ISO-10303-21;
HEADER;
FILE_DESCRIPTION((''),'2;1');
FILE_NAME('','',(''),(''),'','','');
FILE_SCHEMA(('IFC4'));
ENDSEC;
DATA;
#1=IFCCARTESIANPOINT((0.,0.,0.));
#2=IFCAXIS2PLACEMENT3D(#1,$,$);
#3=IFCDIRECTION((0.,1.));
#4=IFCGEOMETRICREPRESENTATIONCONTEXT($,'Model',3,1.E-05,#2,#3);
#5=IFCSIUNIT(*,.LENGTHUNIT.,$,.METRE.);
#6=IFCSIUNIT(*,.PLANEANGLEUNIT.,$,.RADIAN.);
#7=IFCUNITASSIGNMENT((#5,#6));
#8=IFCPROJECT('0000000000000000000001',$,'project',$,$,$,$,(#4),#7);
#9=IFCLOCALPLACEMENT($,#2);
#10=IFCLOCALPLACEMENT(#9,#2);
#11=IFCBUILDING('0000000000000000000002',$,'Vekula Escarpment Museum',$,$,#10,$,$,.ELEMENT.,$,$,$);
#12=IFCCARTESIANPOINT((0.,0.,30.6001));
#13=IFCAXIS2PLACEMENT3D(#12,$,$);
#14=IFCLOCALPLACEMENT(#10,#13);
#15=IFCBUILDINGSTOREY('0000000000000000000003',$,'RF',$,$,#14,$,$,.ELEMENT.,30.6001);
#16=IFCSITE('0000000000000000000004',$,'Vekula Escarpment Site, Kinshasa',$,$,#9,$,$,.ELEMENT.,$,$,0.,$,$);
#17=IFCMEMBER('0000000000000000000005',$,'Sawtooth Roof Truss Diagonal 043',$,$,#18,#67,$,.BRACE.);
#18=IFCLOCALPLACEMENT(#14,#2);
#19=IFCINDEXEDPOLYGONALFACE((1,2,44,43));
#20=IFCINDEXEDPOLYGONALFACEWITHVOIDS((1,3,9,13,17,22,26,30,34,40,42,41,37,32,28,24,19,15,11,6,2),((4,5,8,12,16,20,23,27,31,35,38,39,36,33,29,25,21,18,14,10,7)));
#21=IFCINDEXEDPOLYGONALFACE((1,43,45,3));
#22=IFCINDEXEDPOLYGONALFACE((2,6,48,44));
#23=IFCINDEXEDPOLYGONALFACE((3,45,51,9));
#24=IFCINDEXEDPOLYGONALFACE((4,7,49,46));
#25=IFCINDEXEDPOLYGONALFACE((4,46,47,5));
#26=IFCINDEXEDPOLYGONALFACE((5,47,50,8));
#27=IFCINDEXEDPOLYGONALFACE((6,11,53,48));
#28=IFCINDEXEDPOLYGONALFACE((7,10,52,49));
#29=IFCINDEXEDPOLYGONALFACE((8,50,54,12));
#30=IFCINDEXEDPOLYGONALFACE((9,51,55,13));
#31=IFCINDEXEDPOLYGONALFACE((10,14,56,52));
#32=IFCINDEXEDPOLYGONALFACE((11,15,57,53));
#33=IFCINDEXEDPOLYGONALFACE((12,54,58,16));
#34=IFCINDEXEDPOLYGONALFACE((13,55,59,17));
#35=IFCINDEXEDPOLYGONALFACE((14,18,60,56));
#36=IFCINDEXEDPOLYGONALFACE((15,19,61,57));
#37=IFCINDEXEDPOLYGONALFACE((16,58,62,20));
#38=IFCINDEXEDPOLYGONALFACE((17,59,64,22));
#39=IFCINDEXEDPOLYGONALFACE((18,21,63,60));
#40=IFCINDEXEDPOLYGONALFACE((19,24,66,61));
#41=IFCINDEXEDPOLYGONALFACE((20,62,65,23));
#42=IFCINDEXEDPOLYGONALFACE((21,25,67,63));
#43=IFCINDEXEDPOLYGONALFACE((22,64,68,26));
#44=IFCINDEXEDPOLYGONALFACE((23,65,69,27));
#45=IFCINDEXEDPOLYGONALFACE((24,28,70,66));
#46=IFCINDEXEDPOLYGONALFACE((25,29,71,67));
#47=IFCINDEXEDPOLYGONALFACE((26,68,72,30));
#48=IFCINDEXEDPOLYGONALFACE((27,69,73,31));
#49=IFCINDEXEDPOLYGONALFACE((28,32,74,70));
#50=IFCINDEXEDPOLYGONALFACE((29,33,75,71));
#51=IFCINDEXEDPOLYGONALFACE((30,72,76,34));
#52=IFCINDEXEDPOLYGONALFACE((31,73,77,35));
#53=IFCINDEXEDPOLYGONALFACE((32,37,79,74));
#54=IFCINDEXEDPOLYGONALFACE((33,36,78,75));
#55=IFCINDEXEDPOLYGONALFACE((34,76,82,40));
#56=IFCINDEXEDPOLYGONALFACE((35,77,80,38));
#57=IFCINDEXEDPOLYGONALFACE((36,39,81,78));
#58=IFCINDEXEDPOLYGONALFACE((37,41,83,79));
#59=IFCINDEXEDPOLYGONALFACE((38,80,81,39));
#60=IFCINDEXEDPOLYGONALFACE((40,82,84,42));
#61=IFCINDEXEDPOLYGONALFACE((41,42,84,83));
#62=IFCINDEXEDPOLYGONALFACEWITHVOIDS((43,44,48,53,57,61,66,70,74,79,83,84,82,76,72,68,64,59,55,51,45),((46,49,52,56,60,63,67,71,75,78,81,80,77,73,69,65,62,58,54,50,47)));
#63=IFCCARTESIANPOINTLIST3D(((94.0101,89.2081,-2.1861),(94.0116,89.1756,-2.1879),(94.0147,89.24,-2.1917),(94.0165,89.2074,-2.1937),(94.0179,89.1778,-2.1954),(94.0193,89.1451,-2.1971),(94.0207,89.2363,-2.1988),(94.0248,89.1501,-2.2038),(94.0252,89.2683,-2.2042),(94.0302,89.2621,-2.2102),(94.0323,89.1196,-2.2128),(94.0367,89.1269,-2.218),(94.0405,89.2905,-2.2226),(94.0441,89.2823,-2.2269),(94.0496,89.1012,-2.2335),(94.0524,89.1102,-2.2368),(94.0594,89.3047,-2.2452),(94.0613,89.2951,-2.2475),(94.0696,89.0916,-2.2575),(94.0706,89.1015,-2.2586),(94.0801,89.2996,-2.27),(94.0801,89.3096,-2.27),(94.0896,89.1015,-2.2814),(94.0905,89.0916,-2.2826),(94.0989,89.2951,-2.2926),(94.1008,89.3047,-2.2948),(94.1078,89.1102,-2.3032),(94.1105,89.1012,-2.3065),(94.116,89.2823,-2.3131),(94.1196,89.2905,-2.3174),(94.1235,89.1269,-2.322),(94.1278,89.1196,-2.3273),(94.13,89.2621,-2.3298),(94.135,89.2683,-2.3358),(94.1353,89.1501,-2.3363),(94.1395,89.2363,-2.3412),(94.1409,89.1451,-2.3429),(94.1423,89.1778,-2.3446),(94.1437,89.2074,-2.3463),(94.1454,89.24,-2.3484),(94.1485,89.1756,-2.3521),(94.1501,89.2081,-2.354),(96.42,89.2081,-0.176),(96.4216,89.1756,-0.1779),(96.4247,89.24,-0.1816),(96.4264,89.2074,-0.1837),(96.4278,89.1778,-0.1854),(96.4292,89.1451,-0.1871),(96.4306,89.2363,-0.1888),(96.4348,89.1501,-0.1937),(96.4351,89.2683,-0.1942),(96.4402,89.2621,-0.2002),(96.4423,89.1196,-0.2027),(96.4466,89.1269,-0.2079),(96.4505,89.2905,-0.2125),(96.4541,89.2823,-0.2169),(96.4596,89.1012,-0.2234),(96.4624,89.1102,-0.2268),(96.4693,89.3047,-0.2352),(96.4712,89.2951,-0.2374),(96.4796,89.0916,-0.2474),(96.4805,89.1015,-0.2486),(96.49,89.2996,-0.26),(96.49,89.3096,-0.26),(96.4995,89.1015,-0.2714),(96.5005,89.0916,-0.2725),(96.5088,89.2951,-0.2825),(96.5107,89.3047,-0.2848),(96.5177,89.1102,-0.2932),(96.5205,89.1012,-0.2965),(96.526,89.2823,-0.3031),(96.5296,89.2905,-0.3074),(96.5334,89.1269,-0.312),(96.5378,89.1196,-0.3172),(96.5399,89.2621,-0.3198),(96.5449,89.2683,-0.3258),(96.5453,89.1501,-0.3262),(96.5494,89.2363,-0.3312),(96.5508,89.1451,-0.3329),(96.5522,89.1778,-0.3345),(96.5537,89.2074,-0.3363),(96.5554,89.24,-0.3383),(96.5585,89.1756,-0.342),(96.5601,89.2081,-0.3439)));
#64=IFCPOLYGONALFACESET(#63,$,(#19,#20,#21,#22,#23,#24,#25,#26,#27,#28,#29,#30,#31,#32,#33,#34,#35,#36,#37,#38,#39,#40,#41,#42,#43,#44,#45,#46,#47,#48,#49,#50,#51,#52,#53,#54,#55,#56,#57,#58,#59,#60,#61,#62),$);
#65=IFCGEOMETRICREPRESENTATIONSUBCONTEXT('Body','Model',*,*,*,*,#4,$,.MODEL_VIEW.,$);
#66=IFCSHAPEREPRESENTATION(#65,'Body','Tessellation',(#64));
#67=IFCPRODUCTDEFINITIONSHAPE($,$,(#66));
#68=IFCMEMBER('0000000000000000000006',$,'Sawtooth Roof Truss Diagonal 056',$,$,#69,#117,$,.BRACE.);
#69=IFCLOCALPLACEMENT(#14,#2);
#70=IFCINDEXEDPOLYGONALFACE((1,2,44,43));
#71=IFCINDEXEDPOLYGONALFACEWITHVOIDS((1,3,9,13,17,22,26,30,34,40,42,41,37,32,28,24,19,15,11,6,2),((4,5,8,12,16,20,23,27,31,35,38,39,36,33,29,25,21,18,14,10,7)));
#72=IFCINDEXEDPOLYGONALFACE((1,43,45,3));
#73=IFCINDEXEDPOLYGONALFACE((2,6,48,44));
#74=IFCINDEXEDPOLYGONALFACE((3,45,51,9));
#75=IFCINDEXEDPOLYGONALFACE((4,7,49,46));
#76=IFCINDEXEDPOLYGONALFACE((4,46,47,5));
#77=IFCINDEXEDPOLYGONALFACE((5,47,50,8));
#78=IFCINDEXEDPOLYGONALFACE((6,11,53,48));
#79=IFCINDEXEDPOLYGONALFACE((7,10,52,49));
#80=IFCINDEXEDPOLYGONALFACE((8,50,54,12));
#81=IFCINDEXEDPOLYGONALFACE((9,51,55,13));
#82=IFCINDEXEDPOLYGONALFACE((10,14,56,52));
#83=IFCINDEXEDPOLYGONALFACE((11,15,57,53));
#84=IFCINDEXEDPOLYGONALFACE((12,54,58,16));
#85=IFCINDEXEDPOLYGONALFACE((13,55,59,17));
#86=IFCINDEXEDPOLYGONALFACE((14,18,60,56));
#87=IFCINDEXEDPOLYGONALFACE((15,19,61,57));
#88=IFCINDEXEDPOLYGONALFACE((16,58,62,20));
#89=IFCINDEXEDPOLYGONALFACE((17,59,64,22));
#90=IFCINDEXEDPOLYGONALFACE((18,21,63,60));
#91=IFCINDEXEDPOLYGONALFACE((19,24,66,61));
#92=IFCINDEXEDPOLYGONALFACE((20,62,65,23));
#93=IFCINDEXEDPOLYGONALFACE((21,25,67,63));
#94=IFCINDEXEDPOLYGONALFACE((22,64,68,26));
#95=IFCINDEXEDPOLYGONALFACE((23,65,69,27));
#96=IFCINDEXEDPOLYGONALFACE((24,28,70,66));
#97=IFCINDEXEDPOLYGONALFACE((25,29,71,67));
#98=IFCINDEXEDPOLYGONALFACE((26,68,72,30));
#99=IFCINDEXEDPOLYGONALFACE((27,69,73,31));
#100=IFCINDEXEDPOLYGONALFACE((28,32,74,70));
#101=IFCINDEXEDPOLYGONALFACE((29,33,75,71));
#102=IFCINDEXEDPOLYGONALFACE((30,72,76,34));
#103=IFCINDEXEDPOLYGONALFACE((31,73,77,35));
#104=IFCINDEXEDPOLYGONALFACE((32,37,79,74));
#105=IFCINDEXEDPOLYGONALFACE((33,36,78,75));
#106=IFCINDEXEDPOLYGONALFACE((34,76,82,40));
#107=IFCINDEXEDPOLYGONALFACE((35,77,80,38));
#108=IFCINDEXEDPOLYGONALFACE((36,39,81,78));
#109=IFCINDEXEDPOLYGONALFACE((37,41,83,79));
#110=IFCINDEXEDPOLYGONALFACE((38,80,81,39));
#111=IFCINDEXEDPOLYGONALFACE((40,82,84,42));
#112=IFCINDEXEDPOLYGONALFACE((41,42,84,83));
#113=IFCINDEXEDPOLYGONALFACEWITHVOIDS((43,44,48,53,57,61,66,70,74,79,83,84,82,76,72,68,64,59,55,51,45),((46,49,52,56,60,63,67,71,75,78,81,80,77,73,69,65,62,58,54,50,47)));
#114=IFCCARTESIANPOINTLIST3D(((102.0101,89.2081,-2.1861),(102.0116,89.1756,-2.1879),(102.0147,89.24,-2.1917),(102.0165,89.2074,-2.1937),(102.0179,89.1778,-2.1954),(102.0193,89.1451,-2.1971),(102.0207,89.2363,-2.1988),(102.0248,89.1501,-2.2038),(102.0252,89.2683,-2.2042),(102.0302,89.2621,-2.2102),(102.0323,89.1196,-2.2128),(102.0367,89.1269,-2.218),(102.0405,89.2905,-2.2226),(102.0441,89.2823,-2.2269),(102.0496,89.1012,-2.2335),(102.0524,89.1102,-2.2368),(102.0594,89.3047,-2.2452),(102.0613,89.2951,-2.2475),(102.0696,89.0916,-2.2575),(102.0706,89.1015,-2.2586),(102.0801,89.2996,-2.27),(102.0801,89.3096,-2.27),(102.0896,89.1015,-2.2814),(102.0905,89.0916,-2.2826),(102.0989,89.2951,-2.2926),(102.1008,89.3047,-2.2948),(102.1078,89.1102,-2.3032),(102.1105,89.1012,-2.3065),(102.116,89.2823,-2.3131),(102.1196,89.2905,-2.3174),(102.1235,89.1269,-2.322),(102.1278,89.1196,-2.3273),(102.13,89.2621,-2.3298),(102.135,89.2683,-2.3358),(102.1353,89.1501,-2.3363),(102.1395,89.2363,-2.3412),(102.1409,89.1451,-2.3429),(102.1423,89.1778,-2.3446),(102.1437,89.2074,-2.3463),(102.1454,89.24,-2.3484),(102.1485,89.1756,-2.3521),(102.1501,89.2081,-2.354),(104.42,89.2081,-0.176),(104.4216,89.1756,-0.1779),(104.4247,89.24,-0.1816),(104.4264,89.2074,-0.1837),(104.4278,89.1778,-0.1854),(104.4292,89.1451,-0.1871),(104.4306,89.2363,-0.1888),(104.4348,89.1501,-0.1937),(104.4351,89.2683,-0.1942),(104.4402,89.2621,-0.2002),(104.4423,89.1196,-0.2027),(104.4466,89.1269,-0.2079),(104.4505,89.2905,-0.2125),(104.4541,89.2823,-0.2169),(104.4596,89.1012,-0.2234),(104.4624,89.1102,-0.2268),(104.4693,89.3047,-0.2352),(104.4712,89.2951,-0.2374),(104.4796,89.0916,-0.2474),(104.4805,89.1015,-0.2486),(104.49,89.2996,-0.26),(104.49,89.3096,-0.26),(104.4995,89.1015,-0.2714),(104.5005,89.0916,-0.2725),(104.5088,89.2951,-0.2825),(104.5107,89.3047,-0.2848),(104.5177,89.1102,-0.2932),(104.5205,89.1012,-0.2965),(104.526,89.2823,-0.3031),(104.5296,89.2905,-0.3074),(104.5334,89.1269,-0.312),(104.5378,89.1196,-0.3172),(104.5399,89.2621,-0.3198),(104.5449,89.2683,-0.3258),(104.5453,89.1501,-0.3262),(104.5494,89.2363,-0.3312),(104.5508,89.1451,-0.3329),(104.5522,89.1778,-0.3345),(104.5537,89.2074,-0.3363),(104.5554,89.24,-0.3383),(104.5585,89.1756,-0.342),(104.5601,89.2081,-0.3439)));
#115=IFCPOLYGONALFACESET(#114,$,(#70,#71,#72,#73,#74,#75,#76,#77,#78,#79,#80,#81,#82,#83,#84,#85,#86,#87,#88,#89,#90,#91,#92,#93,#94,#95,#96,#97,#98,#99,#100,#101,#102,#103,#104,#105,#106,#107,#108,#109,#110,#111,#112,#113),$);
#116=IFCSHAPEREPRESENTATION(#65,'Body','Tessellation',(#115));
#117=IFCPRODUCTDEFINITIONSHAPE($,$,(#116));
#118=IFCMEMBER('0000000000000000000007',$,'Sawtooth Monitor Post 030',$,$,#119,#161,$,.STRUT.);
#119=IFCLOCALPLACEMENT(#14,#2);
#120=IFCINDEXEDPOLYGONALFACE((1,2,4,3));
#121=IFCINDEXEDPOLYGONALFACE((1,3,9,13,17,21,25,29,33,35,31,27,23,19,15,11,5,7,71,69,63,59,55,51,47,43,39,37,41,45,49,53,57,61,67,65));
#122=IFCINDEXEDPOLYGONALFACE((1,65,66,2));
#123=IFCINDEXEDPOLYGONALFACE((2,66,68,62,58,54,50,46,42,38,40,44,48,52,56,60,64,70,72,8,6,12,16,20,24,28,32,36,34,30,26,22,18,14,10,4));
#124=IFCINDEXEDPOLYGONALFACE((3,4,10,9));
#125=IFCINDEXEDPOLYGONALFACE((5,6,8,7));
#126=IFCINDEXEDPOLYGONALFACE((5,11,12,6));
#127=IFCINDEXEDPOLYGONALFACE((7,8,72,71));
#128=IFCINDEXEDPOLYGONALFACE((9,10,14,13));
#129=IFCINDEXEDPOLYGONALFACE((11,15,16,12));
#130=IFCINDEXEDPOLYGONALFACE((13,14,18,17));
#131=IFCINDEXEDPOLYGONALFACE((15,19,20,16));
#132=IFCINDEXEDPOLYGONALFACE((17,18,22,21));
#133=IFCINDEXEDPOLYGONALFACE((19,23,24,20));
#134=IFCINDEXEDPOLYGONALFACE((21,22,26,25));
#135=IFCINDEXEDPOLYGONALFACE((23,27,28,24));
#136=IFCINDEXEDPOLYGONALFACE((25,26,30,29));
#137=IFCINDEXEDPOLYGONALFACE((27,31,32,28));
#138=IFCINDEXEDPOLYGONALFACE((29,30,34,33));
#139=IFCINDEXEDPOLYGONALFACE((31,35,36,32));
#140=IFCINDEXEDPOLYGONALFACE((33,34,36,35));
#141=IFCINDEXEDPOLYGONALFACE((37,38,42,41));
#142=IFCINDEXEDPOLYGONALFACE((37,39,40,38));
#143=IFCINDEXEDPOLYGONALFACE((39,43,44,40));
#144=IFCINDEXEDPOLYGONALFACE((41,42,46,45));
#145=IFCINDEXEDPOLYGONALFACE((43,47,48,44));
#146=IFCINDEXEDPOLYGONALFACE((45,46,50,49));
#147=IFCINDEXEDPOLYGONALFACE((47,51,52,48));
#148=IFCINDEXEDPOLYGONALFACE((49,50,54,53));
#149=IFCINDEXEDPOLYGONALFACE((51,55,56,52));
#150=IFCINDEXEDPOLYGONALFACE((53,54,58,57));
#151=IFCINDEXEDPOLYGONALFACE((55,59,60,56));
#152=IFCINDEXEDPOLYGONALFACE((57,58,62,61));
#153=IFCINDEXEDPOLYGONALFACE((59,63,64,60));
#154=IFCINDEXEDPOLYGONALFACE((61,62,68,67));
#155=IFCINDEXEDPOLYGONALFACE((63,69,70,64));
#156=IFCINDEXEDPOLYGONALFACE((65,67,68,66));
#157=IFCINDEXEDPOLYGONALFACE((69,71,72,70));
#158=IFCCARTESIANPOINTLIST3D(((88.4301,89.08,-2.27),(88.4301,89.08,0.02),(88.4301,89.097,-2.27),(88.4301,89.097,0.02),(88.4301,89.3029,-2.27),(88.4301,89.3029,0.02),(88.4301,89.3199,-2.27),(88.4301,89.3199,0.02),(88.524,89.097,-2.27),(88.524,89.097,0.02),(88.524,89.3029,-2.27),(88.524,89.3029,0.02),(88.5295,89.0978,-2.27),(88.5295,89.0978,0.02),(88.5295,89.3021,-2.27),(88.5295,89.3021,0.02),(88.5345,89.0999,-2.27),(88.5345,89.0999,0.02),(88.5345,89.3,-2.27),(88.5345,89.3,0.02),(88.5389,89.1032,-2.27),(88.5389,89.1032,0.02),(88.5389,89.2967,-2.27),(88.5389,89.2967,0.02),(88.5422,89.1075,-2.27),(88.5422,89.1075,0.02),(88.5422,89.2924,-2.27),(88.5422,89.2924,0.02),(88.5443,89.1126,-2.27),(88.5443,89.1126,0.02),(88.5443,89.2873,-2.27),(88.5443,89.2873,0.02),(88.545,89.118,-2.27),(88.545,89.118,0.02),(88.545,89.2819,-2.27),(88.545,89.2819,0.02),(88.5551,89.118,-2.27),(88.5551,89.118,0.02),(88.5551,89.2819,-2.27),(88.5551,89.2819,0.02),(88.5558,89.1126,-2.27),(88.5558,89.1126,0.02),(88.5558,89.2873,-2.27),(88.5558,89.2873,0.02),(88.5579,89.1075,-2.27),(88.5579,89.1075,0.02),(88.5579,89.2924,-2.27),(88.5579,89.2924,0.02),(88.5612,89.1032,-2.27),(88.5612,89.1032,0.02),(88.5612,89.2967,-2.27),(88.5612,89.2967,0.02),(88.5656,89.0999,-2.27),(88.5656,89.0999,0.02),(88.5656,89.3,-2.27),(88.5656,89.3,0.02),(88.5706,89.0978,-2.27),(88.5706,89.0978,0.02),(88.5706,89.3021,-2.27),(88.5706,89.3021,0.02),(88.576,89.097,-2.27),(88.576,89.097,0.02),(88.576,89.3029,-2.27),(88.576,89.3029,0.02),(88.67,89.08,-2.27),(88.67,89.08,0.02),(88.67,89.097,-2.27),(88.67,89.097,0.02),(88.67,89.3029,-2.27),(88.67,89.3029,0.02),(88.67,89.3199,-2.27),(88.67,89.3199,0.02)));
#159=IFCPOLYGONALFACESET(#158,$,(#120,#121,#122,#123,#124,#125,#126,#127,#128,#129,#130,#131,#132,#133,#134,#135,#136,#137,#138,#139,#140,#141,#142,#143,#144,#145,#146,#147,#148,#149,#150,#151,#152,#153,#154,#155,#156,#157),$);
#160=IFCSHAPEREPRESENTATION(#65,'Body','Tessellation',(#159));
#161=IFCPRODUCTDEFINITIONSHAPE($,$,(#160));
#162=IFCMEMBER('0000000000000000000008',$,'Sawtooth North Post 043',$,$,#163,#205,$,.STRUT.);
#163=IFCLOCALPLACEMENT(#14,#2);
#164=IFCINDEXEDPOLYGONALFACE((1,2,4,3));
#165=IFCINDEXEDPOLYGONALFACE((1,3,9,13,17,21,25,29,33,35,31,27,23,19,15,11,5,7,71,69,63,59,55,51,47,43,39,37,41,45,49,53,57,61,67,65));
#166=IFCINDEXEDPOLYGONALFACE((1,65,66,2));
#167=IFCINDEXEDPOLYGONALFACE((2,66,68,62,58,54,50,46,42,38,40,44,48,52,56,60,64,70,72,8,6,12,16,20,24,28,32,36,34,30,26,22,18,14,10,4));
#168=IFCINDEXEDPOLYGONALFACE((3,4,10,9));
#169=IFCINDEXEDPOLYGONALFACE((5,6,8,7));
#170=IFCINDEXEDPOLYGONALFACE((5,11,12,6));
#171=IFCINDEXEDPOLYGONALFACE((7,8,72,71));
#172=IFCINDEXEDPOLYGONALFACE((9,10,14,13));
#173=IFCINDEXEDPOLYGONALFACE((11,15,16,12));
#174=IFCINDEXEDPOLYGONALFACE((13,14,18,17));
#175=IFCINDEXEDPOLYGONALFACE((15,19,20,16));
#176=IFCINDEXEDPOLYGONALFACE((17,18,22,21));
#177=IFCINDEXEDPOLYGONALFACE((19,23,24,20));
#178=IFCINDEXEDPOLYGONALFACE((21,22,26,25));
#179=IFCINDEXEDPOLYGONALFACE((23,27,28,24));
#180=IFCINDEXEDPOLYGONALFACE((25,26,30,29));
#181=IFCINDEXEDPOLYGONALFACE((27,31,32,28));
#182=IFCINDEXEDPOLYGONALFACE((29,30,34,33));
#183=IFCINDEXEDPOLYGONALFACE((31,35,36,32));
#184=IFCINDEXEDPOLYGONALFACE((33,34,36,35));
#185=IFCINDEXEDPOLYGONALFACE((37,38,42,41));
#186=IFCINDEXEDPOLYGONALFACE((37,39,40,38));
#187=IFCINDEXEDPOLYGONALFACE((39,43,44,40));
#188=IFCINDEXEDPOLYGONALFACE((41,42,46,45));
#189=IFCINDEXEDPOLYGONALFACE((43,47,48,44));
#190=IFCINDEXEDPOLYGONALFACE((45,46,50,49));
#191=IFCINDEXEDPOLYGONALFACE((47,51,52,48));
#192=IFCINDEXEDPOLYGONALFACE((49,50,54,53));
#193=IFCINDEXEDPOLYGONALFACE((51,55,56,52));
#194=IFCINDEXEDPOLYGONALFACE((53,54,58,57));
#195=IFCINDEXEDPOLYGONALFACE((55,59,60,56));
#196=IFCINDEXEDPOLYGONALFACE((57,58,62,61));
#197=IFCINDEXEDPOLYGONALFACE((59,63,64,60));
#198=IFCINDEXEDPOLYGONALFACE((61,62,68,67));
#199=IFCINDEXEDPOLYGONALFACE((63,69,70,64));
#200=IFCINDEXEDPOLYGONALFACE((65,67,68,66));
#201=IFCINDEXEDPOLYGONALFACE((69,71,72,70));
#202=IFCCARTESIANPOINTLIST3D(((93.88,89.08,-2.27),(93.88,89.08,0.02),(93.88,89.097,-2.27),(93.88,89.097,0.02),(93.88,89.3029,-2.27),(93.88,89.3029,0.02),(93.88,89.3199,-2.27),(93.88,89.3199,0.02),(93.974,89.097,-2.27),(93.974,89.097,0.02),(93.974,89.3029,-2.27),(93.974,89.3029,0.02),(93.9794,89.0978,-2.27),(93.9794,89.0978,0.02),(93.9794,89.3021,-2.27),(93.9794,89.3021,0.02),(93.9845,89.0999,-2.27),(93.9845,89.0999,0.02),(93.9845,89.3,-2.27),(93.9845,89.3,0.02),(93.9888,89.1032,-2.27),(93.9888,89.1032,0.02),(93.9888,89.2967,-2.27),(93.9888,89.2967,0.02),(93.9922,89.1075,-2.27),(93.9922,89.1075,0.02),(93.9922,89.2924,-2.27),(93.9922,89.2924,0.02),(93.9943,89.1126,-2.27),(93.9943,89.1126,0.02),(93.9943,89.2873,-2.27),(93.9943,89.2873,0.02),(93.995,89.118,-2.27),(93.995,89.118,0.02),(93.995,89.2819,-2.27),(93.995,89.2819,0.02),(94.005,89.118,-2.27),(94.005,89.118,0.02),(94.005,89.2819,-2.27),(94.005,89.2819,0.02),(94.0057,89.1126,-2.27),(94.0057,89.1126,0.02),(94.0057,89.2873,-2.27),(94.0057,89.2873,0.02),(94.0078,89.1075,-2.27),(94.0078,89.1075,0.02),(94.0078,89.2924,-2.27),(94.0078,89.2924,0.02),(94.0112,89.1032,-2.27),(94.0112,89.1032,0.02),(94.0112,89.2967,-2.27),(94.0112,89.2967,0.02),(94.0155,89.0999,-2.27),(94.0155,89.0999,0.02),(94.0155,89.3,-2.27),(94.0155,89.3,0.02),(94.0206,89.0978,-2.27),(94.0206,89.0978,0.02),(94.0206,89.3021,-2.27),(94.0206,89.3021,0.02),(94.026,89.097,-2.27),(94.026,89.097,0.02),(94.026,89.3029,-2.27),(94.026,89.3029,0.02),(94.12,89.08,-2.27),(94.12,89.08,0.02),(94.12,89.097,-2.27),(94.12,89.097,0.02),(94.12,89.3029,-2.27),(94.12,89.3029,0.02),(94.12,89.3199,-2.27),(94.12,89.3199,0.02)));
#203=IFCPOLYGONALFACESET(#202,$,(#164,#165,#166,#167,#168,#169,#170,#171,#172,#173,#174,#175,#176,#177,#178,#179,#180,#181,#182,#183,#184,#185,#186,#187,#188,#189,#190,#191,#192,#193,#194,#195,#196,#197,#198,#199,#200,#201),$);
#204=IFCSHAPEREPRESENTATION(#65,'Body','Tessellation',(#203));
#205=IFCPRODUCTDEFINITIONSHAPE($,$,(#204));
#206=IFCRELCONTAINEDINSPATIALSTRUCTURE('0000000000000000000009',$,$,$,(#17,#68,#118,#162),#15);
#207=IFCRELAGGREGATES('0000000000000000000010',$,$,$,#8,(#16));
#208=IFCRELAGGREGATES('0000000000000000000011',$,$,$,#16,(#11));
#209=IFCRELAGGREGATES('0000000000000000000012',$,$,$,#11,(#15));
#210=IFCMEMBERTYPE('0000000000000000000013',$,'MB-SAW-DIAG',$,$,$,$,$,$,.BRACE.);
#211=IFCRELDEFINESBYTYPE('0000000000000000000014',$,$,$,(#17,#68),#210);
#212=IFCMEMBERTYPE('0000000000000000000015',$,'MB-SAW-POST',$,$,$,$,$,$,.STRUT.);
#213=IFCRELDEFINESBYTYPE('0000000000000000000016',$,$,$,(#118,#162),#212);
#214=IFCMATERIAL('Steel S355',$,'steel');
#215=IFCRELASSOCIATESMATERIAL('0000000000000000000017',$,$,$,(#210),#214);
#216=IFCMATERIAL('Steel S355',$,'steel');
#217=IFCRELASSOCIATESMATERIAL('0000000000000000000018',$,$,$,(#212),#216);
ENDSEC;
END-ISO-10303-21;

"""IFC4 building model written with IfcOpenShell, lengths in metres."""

from ifc_helpers import new_model, si_unit, direction, frame, origin, origin_2d, place, context, subcontext, project, spatial, hollow_circle, i_section, extrude, material, material_profile, profile_set, type_object, element, save


model = new_model("IFC4")

# Units and contexts
model_context = context("Model", 3, precision=1e-05, world=origin(), true_north=direction((0.0, 1.0)))
body_context = subcontext(model_context, "Body", "Model", "MODEL_VIEW")
ifc_project = project(units=[si_unit("LENGTHUNIT", "METRE"), si_unit("PLANEANGLEUNIT", "RADIAN")], contexts=[model_context])

# Site, building, storey
site_placement = place(None, origin())
site = spatial("IfcSite", under=ifc_project, at=site_placement, Name="Vekula Escarpment Site, Kinshasa", CompositionType="ELEMENT", RefElevation=0.0)
building_placement = place(site_placement, origin())
building = spatial("IfcBuilding", under=site, at=building_placement, Name="Vekula Escarpment Museum", CompositionType="ELEMENT")
storey_placement = place(building_placement, frame((0.0, 0.0, 30.6001)))
storey = spatial("IfcBuildingStorey", under=building, at=storey_placement, Name="RF", CompositionType="ELEMENT", Elevation=30.6001)

# Members
ifc_material_1 = material(Name="Steel S355", Category="steel")
ifc_material_profile_1 = material_profile(ifc_material_1, hollow_circle(Radius=0.1096, WallThickness=0.01, at=origin_2d()), Name="CHS 219.1x10")
ifc_profile_set_1 = profile_set([ifc_material_profile_1], Name="Steel S355")
member_type_1 = type_object("IfcMemberType", Name="MB-SAW-DIAG", PredefinedType="BRACE", material=ifc_profile_set_1)
for number, where, z_axis, x_axis, name in (
    (1, (94.0801, 89.2, -2.27), (0.767947, 0.0, 0.640513), (0.0, 1.0, 0.0), "Sawtooth Roof Truss Diagonal 043"),
    (2, (102.0801, 89.2, -2.27), (0.767947, 0.0, 0.640513), (0.0, 1.0, 0.0), "Sawtooth Roof Truss Diagonal 056"),
):
    element("IfcMember", number, at=place(storey_placement, frame(where, z_axis=z_axis, x_axis=x_axis)), inside=storey, type_object=member_type_1, Name=name, PredefinedType="BRACE", context=body_context, shape_type="SweptSolid", body=[
        extrude(hollow_circle(Radius=0.1096, WallThickness=0.01, at=origin_2d()), origin(), (0.0, 0.0, 1.0), 3.1382),
    ])
ifc_material_2 = material(Name="Steel S355", Category="steel")
ifc_material_profile_2 = material_profile(ifc_material_2, i_section(OverallWidth=0.24, OverallDepth=0.24, WebThickness=0.01, FlangeThickness=0.0171, FilletRadius=0.021, at=origin_2d()), Name="HEB 240")
ifc_profile_set_2 = profile_set([ifc_material_profile_2], Name="Steel S355")
member_type_2 = type_object("IfcMemberType", Name="MB-SAW-POST", PredefinedType="STRUT", material=ifc_profile_set_2)
for number, where, z_axis, x_axis, name in (
    (3, (88.55, 89.2, -2.27), (0.0, 0.0, 1.0), (1.0, 0.0, 0.0), "Sawtooth Monitor Post 030"),
    (4, (94.0, 89.2, -2.27), (0.0, 0.0, 1.0), (1.0, 0.0, 0.0), "Sawtooth North Post 043"),
):
    element("IfcMember", number, at=place(storey_placement, frame(where, z_axis=z_axis, x_axis=x_axis)), inside=storey, type_object=member_type_2, Name=name, PredefinedType="STRUT", context=body_context, shape_type="SweptSolid", body=[
        extrude(i_section(OverallWidth=0.24, OverallDepth=0.24, WebThickness=0.01, FlangeThickness=0.0171, FilletRadius=0.021, at=origin_2d()), origin(), (0.0, 0.0, 1.0), 2.29),
    ])

save(model, "model.ifc")
